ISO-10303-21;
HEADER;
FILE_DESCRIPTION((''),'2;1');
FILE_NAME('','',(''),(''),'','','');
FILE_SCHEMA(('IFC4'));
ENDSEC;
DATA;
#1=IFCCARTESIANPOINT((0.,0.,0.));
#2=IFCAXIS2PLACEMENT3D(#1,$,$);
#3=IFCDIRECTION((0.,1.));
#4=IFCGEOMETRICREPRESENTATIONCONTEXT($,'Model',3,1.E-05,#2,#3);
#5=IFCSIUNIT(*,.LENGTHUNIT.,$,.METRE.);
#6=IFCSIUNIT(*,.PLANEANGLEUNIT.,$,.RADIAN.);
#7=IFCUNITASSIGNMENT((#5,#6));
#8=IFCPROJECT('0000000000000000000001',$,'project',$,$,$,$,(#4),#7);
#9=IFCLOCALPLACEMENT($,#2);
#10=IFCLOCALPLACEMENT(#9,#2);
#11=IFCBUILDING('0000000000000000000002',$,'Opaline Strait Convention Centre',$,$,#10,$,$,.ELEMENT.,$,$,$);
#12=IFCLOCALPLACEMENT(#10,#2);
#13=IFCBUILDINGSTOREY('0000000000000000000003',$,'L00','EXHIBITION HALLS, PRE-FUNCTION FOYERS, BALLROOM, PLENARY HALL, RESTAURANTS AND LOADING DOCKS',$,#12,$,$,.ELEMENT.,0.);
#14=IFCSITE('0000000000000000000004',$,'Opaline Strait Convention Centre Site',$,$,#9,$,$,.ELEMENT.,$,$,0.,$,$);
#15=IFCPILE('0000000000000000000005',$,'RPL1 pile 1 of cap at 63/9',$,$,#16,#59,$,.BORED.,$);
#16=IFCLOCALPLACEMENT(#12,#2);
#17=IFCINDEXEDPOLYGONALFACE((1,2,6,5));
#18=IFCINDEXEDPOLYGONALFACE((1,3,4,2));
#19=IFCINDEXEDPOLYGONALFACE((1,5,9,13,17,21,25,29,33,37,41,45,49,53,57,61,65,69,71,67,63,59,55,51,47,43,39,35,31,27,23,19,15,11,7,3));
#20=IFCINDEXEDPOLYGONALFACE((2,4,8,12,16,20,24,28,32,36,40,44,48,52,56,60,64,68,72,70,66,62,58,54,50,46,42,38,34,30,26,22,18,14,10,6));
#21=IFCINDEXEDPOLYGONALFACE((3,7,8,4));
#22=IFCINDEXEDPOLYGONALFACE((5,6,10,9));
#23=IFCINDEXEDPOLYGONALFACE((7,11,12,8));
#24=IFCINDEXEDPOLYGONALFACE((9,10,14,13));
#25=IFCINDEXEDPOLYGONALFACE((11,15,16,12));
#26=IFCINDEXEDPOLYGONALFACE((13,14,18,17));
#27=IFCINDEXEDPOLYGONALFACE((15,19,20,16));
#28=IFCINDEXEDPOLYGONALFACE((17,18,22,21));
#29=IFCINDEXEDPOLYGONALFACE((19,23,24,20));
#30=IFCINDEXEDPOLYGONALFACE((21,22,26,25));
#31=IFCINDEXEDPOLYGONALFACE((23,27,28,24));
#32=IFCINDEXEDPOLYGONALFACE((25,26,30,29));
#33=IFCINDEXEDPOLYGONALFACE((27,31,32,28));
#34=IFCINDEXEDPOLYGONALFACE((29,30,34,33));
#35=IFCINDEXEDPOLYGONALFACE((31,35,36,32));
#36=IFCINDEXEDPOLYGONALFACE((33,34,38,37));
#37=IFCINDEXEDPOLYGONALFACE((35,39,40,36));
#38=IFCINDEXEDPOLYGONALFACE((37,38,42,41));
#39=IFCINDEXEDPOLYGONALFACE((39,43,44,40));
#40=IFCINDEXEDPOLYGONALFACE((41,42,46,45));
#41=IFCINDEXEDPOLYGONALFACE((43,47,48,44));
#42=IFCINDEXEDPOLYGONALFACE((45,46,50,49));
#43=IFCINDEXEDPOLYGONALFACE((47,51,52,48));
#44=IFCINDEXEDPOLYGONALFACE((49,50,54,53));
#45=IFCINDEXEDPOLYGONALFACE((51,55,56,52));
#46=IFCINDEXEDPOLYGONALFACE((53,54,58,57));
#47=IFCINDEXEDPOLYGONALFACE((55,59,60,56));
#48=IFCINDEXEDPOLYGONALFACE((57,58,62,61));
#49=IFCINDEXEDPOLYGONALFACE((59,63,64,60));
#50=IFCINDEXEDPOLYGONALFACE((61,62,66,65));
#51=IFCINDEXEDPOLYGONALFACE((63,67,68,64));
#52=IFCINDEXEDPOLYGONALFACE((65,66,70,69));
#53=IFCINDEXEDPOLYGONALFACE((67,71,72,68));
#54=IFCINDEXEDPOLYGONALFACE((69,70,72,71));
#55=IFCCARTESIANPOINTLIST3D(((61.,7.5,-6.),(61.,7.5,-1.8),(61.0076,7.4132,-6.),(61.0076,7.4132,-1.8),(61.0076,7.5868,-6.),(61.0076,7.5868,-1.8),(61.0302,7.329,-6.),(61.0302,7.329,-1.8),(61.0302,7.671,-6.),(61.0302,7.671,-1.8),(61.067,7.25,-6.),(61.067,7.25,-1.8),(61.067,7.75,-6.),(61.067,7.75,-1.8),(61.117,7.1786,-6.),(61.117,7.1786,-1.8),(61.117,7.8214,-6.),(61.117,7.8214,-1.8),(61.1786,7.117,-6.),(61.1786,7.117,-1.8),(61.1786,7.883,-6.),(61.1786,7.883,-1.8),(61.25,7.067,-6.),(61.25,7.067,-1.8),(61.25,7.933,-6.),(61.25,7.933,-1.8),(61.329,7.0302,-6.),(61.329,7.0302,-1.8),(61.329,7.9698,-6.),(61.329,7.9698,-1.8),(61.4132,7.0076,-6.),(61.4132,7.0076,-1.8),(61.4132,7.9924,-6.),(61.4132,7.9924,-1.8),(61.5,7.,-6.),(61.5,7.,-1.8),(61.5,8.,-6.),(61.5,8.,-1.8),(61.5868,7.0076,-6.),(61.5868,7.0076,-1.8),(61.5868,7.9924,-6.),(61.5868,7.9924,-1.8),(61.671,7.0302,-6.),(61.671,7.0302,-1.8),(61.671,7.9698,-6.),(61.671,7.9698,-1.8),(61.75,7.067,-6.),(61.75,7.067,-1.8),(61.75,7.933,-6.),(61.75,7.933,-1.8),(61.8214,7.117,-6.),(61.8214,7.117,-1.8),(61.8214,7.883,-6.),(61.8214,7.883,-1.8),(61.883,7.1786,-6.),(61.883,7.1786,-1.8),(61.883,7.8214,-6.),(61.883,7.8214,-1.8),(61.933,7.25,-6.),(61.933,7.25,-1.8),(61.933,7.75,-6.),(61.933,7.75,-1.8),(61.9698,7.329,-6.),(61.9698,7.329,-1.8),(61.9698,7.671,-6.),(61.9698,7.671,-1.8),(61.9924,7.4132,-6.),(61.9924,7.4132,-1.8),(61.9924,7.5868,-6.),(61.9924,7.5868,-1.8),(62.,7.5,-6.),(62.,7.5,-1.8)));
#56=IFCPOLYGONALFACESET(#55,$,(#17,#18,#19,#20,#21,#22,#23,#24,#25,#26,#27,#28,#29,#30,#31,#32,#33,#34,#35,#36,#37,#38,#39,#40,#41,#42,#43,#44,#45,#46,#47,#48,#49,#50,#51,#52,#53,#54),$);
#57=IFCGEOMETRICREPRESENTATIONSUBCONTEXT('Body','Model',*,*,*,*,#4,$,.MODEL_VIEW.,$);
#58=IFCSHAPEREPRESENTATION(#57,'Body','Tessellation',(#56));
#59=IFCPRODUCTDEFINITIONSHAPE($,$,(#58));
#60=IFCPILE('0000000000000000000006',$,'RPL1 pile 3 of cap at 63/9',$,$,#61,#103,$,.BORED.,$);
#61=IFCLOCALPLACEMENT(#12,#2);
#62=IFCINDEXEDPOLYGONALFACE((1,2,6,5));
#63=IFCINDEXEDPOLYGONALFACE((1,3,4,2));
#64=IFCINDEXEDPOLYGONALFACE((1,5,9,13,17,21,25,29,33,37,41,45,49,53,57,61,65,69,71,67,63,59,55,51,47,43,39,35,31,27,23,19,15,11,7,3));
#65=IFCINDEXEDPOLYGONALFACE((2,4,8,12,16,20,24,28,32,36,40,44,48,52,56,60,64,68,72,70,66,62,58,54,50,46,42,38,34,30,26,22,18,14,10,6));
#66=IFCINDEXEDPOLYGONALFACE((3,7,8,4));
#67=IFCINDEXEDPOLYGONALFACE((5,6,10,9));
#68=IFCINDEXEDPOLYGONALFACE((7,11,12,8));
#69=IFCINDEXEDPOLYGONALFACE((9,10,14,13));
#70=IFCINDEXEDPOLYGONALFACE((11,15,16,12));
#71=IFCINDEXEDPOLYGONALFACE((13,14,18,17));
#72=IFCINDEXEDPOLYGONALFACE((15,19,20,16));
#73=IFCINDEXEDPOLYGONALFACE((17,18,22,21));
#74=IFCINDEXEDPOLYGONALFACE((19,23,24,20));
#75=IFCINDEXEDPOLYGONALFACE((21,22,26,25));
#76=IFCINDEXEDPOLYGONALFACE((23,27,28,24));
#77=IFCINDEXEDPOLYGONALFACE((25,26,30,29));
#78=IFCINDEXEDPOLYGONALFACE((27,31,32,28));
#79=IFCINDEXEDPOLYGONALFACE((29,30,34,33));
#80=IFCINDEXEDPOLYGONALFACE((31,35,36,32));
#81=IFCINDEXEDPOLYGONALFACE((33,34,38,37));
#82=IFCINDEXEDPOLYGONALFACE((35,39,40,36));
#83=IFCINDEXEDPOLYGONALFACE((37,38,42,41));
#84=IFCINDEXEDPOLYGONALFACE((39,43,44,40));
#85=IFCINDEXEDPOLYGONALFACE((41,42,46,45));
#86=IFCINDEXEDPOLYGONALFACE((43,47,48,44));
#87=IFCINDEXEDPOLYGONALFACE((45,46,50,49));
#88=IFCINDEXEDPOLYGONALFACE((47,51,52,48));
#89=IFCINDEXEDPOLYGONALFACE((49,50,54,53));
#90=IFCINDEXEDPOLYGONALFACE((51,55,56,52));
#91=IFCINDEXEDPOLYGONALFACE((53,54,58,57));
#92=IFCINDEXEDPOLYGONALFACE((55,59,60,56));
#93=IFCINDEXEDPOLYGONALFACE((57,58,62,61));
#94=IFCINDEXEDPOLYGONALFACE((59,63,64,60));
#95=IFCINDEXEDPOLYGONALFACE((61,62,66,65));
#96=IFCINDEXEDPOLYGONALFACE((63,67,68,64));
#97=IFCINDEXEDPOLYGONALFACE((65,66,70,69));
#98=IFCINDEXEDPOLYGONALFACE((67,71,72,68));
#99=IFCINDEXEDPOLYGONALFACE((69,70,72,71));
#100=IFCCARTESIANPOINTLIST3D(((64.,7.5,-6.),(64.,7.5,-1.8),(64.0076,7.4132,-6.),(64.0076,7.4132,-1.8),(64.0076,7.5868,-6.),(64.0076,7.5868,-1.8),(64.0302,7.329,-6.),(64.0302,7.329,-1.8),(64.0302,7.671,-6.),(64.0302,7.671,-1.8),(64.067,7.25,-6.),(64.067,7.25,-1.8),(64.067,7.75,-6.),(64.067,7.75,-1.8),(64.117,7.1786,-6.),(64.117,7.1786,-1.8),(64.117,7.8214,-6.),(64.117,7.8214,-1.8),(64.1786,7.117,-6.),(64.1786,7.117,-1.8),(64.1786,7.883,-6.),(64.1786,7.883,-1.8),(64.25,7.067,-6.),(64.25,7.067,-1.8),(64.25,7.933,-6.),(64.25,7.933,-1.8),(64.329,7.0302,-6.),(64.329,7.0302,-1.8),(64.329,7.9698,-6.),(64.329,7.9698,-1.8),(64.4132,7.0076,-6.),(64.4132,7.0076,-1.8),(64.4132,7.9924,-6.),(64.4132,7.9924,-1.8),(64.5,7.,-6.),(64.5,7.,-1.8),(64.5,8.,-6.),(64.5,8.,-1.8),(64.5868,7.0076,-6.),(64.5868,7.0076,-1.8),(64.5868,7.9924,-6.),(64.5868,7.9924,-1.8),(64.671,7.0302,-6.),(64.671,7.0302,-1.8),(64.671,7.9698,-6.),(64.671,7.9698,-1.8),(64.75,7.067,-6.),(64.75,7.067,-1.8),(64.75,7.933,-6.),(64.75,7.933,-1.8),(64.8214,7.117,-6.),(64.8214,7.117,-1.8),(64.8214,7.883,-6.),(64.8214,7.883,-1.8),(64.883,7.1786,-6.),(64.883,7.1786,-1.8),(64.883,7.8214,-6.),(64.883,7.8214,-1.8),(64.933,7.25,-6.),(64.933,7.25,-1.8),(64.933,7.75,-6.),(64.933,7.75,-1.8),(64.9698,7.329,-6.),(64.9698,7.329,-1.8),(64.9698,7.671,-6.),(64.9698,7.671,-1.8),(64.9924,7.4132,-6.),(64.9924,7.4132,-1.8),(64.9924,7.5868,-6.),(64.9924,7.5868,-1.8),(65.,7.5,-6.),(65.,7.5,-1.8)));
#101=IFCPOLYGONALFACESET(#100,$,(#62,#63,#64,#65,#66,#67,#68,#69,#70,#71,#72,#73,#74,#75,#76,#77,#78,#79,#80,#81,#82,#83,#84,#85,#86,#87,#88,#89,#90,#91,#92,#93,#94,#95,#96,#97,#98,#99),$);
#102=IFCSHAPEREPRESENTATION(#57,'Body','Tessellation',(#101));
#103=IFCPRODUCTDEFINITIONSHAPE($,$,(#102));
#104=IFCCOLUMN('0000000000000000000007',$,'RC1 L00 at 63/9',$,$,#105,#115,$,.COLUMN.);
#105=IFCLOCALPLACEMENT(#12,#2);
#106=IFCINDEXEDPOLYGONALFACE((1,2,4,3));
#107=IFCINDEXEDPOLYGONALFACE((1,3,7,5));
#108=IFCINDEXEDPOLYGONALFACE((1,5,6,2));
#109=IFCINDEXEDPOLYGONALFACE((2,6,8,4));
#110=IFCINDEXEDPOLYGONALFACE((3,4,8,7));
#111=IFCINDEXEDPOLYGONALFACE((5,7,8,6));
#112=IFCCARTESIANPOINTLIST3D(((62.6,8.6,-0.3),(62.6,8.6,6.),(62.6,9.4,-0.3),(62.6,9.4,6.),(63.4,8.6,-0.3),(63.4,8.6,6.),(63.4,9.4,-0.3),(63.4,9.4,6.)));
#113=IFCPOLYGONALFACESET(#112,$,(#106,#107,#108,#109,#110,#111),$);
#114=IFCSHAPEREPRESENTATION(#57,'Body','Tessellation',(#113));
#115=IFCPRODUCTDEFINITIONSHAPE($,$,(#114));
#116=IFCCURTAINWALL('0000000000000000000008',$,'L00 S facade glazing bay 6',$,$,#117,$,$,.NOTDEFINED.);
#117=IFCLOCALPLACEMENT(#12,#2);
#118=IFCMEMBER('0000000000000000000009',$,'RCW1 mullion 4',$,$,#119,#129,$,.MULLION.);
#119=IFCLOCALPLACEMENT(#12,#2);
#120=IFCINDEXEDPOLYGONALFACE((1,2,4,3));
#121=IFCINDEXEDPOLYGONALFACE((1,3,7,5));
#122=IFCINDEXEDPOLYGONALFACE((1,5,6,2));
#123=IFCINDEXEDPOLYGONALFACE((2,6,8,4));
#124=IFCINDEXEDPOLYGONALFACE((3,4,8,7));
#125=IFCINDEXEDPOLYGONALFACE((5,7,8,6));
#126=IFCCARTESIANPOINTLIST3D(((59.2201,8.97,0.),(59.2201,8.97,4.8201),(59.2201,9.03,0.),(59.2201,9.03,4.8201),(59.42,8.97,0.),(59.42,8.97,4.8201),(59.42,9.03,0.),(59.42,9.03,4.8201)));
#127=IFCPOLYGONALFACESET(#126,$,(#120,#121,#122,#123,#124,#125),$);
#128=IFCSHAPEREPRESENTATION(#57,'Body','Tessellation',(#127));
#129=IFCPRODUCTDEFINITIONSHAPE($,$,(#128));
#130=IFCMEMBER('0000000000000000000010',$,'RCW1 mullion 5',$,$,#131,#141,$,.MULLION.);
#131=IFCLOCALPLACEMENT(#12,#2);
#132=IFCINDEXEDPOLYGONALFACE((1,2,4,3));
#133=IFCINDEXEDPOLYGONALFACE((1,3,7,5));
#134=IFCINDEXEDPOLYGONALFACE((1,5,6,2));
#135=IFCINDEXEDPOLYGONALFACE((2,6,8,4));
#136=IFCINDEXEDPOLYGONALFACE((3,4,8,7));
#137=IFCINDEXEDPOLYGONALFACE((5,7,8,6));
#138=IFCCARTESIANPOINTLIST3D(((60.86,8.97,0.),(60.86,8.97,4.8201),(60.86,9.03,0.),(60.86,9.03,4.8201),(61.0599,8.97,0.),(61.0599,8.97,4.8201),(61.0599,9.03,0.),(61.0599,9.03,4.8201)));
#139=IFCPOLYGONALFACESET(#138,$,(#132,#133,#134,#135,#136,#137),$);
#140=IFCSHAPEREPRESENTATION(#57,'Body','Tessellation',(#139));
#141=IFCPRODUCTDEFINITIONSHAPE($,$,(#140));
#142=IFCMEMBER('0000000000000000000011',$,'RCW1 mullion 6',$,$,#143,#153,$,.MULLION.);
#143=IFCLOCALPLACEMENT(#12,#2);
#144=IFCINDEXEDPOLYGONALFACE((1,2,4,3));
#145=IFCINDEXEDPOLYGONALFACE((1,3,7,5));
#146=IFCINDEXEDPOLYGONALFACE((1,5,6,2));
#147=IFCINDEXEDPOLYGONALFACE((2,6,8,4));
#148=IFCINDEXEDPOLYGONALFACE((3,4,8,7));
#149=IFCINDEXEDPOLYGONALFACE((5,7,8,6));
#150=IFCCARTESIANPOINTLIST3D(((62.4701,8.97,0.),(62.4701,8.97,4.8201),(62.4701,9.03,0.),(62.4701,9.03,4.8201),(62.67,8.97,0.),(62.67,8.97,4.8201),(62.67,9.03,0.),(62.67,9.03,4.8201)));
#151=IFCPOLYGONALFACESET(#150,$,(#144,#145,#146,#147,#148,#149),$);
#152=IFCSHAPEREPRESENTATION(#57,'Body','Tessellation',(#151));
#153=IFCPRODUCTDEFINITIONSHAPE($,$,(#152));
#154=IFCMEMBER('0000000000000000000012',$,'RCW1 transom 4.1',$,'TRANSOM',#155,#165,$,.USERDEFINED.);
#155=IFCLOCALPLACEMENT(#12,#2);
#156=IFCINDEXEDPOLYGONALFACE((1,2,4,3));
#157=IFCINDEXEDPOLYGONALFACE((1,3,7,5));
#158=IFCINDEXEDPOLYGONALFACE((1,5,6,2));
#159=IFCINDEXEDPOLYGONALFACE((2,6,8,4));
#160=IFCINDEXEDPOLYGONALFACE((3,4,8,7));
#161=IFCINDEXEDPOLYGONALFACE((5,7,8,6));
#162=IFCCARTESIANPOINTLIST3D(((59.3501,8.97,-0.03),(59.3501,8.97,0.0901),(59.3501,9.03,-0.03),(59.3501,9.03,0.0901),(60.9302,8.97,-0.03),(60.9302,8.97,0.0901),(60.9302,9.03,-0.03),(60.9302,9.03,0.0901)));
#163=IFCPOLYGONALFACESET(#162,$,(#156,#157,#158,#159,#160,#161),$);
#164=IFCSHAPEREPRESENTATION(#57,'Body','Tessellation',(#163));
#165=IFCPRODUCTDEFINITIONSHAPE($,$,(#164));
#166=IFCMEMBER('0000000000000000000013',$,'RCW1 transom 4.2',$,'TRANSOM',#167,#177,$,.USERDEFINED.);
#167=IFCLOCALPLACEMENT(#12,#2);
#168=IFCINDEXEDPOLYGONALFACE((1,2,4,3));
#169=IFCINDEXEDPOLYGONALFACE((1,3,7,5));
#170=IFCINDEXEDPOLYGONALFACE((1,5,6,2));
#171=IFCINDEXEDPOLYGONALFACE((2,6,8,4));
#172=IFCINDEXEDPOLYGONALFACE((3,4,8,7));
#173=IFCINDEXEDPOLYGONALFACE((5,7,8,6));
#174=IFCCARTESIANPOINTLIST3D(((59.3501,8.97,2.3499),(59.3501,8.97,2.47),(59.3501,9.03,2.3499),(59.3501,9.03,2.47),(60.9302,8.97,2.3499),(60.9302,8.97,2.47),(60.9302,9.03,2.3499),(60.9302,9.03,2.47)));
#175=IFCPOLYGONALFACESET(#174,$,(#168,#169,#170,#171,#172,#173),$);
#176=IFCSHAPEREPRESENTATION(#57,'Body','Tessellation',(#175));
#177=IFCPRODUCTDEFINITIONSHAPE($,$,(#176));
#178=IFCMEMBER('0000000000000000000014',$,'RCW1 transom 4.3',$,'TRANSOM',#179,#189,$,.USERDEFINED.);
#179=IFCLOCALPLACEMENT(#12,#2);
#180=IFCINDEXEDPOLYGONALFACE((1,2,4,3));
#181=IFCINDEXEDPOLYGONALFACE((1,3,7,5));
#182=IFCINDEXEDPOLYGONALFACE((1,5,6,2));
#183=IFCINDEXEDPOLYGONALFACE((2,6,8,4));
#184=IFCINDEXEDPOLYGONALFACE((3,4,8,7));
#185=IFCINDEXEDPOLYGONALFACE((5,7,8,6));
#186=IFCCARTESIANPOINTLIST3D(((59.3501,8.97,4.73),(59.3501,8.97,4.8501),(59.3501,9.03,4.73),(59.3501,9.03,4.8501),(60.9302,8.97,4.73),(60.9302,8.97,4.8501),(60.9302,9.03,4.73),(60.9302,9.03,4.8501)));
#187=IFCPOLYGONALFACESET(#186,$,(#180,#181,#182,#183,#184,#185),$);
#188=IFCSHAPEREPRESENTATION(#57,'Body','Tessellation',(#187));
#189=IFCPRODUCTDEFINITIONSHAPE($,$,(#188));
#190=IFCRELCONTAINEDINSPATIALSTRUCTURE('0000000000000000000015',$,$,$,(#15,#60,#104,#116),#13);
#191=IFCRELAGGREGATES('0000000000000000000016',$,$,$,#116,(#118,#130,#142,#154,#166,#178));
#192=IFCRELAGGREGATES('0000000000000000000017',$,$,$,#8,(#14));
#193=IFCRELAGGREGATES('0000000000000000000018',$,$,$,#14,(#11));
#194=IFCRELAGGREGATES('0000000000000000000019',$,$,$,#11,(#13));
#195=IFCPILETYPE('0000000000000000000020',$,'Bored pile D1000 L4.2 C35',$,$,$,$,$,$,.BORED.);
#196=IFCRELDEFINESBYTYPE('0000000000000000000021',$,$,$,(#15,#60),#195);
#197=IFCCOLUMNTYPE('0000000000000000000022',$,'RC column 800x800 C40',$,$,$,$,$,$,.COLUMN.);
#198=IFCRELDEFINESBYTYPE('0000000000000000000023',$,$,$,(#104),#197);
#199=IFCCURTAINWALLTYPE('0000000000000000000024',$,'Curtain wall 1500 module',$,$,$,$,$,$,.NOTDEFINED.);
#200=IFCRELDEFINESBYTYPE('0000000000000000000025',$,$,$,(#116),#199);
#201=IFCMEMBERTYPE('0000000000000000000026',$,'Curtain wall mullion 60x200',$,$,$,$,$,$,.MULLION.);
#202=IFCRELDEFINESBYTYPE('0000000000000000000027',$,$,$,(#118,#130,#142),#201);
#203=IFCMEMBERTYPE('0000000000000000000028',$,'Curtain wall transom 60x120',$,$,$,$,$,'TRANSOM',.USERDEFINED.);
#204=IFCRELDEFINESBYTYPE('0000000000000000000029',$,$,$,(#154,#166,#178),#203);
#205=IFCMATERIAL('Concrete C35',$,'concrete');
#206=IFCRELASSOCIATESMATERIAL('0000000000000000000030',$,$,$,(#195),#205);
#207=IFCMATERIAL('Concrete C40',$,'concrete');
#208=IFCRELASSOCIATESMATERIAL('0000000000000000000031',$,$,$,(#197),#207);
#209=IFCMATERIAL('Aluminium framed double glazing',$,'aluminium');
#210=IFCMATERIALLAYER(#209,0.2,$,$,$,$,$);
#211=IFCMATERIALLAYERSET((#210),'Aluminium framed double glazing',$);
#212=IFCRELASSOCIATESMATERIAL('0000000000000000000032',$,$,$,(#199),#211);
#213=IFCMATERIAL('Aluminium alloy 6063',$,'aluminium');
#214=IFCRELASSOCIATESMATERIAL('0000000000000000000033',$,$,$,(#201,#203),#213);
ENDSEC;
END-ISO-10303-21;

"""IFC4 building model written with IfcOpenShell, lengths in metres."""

from ifc_helpers import new_model, si_unit, direction, frame, origin, origin_2d, place, context, subcontext, project, spatial, rectangle, circle, extrude, material, layer, layer_set, material_profile, profile_set, type_object, element, aggregate, save


model = new_model("IFC4")

# Units and contexts
model_context = context("Model", 3, precision=1e-05, world=origin(), true_north=direction((0.0, 1.0)))
body_context = subcontext(model_context, "Body", "Model", "MODEL_VIEW")
ifc_project = project(units=[si_unit("LENGTHUNIT", "METRE"), si_unit("PLANEANGLEUNIT", "RADIAN")], contexts=[model_context])

# Site, building, storey
site_placement = place(None, origin())
site = spatial("IfcSite", under=ifc_project, at=site_placement, Name="Opaline Strait Convention Centre Site", CompositionType="ELEMENT", RefElevation=0.0)
building_placement = place(site_placement, origin())
building = spatial("IfcBuilding", under=site, at=building_placement, Name="Opaline Strait Convention Centre", CompositionType="ELEMENT")
storey_placement = place(building_placement, origin())
storey = spatial("IfcBuildingStorey", under=building, at=storey_placement, Name="L00", Description="EXHIBITION HALLS, PRE-FUNCTION FOYERS, BALLROOM, PLENARY HALL, RESTAURANTS AND LOADING DOCKS", CompositionType="ELEMENT", Elevation=0.0)

# Piles
ifc_material_1 = material(Name="Concrete C35", Category="concrete")
ifc_material_profile_1 = material_profile(ifc_material_1, circle(Radius=0.5, at=origin_2d()), Name="D1000")
ifc_profile_set_1 = profile_set([ifc_material_profile_1], Name="Concrete C35")
pile_type = type_object("IfcPileType", Name="Bored pile D1000 L4.2 C35", PredefinedType="BORED", material=ifc_profile_set_1)
for number, where, z_axis, x_axis, name in (
    (1, (61.5, 7.5, -1.8), (0.0, 0.0, -1.0), (1.0, 0.0, 0.0), "RPL1 pile 1 of cap at 63/9"),
    (2, (64.5, 7.5, -1.8), (0.0, 0.0, -1.0), (1.0, 0.0, 0.0), "RPL1 pile 3 of cap at 63/9"),
):
    element("IfcPile", number, at=place(storey_placement, frame(where, z_axis=z_axis, x_axis=x_axis)), inside=storey, type_object=pile_type, Name=name, PredefinedType="BORED", context=body_context, shape_type="SweptSolid", body=[
        extrude(circle(Radius=0.5, at=origin_2d()), origin(), (0.0, 0.0, 1.0), 4.2),
    ])

# Column
ifc_material_2 = material(Name="Concrete C40", Category="concrete")
ifc_material_profile_2 = material_profile(ifc_material_2, rectangle(XDim=0.8, YDim=0.8, at=origin_2d()), Name="RC 800x800")
ifc_profile_set_2 = profile_set([ifc_material_profile_2], Name="Concrete C40")
column_type = type_object("IfcColumnType", Name="RC column 800x800 C40", PredefinedType="COLUMN", material=ifc_profile_set_2)
column_placement = place(storey_placement, frame((63.0, 9.0, -0.3), z_axis=(0.0, 0.0, 1.0), x_axis=(1.0, 0.0, 0.0)))
element("IfcColumn", 3, at=column_placement, inside=storey, type_object=column_type, Name="RC1 L00 at 63/9", PredefinedType="COLUMN", context=body_context, shape_type="SweptSolid", body=[
    extrude(rectangle(XDim=0.8, YDim=0.8, at=origin_2d()), origin(), (0.0, 0.0, 1.0), 6.3),
])

# Curtain wall, members
ifc_material_3 = material(Name="Aluminium framed double glazing", Category="aluminium")
ifc_layer_1 = layer(ifc_material_3, 0.2)
ifc_layer_set_1 = layer_set([ifc_layer_1], Name="Aluminium framed double glazing")
curtain_wall_type = type_object("IfcCurtainWallType", Name="Curtain wall 1500 module", PredefinedType="NOTDEFINED", material=ifc_layer_set_1)
curtain_wall_placement = place(storey_placement, origin())
curtain_wall = element("IfcCurtainWall", 4, at=curtain_wall_placement, inside=storey, type_object=curtain_wall_type, Name="L00 S facade glazing bay 6", PredefinedType="NOTDEFINED")
ifc_material_4 = material(Name="Aluminium alloy 6063", Category="aluminium")
ifc_material_profile_3 = material_profile(ifc_material_4, rectangle(XDim=0.0601, YDim=0.2, at=origin_2d()), Name="Curtain wall mullion 60x200")
ifc_profile_set_3 = profile_set([ifc_material_profile_3], Name="Aluminium alloy 6063")
member_type_1 = type_object("IfcMemberType", Name="Curtain wall mullion 60x200", PredefinedType="MULLION", material=ifc_profile_set_3)
member_1_placement = place(storey_placement, frame((59.3201, 9.0, 0.0), z_axis=(0.0, 0.0, 1.0), x_axis=(0.0, 1.0, 0.0)))
member_1 = element("IfcMember", 5, at=member_1_placement, type_object=member_type_1, Name="RCW1 mullion 4", PredefinedType="MULLION", context=body_context, shape_type="SweptSolid", body=[
    extrude(rectangle(XDim=0.0601, YDim=0.2, at=origin_2d()), origin(), (0.0, 0.0, 1.0), 4.8201),
])
member_2_placement = place(storey_placement, frame((60.96, 9.0, 0.0), z_axis=(0.0, 0.0, 1.0), x_axis=(0.0, 1.0, 0.0)))
member_2 = element("IfcMember", 6, at=member_2_placement, type_object=member_type_1, Name="RCW1 mullion 5", PredefinedType="MULLION", context=body_context, shape_type="SweptSolid", body=[
    extrude(rectangle(XDim=0.0601, YDim=0.2, at=origin_2d()), origin(), (0.0, 0.0, 1.0), 4.8201),
])
member_3_placement = place(storey_placement, frame((62.5701, 9.0, 0.0), z_axis=(0.0, 0.0, 1.0), x_axis=(0.0, 1.0, 0.0)))
member_3 = element("IfcMember", 7, at=member_3_placement, type_object=member_type_1, Name="RCW1 mullion 6", PredefinedType="MULLION", context=body_context, shape_type="SweptSolid", body=[
    extrude(rectangle(XDim=0.0601, YDim=0.2, at=origin_2d()), origin(), (0.0, 0.0, 1.0), 4.8201),
])
ifc_material_profile_4 = material_profile(ifc_material_4, rectangle(XDim=0.0601, YDim=0.1201, at=origin_2d()), Name="Curtain wall transom 60x120")
ifc_profile_set_4 = profile_set([ifc_material_profile_4], Name="Aluminium alloy 6063")
member_type_2 = type_object("IfcMemberType", Name="Curtain wall transom 60x120", ElementType="TRANSOM", PredefinedType="USERDEFINED", material=ifc_profile_set_4)
member_4_placement = place(storey_placement, frame((59.3501, 9.0, 0.03), z_axis=(1.0, 0.0, 0.0), x_axis=(0.0, 1.0, 0.0)))
member_4 = element("IfcMember", 8, at=member_4_placement, type_object=member_type_2, Name="RCW1 transom 4.1", ObjectType="TRANSOM", PredefinedType="USERDEFINED", context=body_context, shape_type="SweptSolid", body=[
    extrude(rectangle(XDim=0.0601, YDim=0.1201, at=origin_2d()), origin(), (0.0, 0.0, 1.0), 1.5801),
])
member_5_placement = place(storey_placement, frame((59.3501, 9.0, 2.4099), z_axis=(1.0, 0.0, 0.0), x_axis=(0.0, 1.0, 0.0)))
member_5 = element("IfcMember", 9, at=member_5_placement, type_object=member_type_2, Name="RCW1 transom 4.2", ObjectType="TRANSOM", PredefinedType="USERDEFINED", context=body_context, shape_type="SweptSolid", body=[
    extrude(rectangle(XDim=0.0601, YDim=0.1201, at=origin_2d()), origin(), (0.0, 0.0, 1.0), 1.5801),
])
member_6_placement = place(storey_placement, frame((59.3501, 9.0, 4.79), z_axis=(1.0, 0.0, 0.0), x_axis=(0.0, 1.0, 0.0)))
member_6 = element("IfcMember", 10, at=member_6_placement, type_object=member_type_2, Name="RCW1 transom 4.3", ObjectType="TRANSOM", PredefinedType="USERDEFINED", context=body_context, shape_type="SweptSolid", body=[
    extrude(rectangle(XDim=0.0601, YDim=0.1201, at=origin_2d()), origin(), (0.0, 0.0, 1.0), 1.5801),
])
aggregate(curtain_wall, [member_1, member_2, member_3, member_4, member_5, member_6])

save(model, "model.ifc")
